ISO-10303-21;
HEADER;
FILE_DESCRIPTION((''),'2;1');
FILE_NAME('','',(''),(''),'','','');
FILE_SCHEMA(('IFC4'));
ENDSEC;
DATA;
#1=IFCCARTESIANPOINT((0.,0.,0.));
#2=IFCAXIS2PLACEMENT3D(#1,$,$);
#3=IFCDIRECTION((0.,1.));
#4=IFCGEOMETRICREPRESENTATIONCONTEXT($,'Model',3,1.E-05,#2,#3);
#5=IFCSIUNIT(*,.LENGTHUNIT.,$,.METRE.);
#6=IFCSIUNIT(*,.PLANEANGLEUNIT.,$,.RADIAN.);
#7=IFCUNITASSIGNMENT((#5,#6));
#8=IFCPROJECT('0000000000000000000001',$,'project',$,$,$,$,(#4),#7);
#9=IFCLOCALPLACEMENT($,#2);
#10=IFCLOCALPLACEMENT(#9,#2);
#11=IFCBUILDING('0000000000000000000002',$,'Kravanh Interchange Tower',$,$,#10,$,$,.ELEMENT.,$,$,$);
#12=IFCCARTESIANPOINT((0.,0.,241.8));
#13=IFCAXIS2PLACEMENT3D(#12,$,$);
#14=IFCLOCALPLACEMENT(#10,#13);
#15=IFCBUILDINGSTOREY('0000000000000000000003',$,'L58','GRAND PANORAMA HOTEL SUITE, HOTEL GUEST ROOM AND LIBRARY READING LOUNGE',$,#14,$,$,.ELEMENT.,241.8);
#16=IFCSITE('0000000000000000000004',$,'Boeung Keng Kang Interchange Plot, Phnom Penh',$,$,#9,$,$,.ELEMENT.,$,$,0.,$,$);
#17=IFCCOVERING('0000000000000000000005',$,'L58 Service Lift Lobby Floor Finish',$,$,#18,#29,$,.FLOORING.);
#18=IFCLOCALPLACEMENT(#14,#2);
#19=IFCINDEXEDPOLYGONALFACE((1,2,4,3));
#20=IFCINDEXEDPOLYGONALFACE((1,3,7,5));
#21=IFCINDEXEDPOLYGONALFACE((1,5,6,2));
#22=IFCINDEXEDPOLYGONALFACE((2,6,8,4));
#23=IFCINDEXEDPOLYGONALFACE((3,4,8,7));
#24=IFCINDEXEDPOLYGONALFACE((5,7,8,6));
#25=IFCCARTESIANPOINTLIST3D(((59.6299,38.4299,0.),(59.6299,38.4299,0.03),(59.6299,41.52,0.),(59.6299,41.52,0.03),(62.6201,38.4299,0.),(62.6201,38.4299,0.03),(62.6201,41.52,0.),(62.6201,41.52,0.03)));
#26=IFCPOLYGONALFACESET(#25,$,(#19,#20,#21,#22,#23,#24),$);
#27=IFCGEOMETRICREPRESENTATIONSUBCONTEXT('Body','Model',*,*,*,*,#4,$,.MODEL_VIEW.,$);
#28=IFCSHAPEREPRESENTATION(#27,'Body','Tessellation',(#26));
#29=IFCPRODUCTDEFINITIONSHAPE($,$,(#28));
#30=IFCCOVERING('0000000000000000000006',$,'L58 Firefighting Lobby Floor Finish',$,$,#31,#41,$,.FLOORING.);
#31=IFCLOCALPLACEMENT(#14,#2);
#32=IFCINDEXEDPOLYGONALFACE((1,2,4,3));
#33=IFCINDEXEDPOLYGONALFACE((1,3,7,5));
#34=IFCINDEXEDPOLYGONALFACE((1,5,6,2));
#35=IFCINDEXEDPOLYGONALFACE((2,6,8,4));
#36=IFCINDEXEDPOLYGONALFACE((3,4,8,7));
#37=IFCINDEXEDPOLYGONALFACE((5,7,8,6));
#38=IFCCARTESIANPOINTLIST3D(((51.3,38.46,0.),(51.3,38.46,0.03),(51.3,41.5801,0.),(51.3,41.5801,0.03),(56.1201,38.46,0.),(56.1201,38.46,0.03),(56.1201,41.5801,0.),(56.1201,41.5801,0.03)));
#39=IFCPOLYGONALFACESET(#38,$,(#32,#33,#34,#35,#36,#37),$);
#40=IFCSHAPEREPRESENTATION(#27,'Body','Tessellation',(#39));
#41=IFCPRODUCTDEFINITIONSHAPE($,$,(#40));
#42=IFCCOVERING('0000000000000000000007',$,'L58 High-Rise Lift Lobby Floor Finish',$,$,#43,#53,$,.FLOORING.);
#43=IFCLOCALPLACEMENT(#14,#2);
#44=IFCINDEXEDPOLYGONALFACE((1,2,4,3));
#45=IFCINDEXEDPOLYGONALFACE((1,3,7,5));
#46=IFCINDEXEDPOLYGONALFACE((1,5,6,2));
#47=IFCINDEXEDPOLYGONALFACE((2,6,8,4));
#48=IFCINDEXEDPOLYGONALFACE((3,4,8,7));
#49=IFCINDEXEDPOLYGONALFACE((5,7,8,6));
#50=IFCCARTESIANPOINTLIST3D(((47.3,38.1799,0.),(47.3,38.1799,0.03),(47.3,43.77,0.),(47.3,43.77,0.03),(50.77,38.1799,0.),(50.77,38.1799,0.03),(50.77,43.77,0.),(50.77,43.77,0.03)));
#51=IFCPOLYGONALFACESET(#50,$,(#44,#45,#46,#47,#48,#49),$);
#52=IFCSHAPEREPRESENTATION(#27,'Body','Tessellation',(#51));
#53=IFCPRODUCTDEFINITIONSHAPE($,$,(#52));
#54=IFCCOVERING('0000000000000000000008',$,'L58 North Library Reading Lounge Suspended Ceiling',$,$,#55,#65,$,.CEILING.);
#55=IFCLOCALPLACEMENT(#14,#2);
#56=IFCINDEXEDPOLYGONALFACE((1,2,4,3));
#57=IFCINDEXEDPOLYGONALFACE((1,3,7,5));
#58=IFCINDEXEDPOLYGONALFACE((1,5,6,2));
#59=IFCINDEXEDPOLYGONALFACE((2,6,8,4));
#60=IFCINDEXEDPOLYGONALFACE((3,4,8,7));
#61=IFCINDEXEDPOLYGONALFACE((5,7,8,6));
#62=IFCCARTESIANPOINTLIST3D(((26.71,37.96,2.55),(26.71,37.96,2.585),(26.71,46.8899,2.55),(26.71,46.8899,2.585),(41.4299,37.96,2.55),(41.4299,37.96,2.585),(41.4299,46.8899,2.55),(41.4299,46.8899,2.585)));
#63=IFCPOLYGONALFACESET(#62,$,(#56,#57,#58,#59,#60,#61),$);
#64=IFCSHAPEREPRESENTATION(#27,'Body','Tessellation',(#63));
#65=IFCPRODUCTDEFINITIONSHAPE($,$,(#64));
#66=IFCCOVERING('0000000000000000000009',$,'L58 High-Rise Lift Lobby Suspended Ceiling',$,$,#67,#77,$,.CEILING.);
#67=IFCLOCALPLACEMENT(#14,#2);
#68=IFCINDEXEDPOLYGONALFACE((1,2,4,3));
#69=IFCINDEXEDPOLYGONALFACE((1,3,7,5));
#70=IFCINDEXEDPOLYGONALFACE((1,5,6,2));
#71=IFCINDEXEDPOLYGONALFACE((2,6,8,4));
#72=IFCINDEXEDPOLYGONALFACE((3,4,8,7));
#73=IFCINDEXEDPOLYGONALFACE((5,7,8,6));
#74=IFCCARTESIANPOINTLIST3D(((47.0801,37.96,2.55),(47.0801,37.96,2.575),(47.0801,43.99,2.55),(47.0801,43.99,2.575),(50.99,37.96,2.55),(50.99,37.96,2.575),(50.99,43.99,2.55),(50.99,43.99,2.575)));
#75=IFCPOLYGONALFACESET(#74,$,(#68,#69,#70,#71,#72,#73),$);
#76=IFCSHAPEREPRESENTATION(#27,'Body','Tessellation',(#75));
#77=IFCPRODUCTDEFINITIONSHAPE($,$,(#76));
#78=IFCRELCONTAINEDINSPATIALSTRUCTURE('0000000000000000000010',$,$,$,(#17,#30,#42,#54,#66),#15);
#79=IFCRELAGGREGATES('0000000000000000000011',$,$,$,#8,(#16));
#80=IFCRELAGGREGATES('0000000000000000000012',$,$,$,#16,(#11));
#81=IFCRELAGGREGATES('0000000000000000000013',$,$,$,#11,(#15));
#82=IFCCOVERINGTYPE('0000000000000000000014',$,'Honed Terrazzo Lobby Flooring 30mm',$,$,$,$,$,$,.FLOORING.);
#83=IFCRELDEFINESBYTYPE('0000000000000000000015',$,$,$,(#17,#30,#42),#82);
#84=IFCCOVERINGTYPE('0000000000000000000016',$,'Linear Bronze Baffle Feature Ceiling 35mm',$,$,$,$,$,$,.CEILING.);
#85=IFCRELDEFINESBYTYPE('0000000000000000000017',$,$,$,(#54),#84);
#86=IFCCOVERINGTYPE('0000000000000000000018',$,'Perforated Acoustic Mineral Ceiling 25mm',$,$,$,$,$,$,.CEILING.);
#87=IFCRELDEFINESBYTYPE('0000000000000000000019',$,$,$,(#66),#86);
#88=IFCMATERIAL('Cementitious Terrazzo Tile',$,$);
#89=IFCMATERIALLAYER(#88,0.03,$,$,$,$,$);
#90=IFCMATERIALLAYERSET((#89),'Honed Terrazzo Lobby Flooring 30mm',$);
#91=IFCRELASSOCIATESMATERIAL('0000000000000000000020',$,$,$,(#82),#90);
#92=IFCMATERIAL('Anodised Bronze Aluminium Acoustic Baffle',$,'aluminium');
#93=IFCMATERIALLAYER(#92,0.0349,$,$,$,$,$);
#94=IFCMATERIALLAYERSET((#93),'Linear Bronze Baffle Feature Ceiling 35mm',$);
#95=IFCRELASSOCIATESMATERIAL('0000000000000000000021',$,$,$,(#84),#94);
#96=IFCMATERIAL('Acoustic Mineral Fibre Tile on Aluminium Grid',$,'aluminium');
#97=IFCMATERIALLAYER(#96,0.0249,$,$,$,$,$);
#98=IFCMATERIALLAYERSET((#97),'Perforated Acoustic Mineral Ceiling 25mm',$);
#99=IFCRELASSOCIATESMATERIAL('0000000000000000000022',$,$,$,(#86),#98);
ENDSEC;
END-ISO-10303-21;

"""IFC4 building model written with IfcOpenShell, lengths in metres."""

from ifc_helpers import new_model, si_unit, direction, frame, origin, place, context, subcontext, project, spatial, polyline, outline, extrude, material, layer, layer_set, type_object, element, save


model = new_model("IFC4")

# Units and contexts
model_context = context("Model", 3, precision=1e-05, world=origin(), true_north=direction((0.0, 1.0)))
body_context = subcontext(model_context, "Body", "Model", "MODEL_VIEW")
ifc_project = project(units=[si_unit("LENGTHUNIT", "METRE"), si_unit("PLANEANGLEUNIT", "RADIAN")], contexts=[model_context])

# Site, building, storey
site_placement = place(None, origin())
site = spatial("IfcSite", under=ifc_project, at=site_placement, Name="Boeung Keng Kang Interchange Plot, Phnom Penh", CompositionType="ELEMENT", RefElevation=0.0)
building_placement = place(site_placement, origin())
building = spatial("IfcBuilding", under=site, at=building_placement, Name="Kravanh Interchange Tower", CompositionType="ELEMENT")
storey_placement = place(building_placement, frame((0.0, 0.0, 241.8)))
storey = spatial("IfcBuildingStorey", under=building, at=storey_placement, Name="L58", Description="GRAND PANORAMA HOTEL SUITE, HOTEL GUEST ROOM AND LIBRARY READING LOUNGE", CompositionType="ELEMENT", Elevation=241.8)

# Coverings
ifc_material_1 = material(Name="Cementitious Terrazzo Tile")
ifc_layer_1 = layer(ifc_material_1, 0.03)
ifc_layer_set_1 = layer_set([ifc_layer_1], Name="Honed Terrazzo Lobby Flooring 30mm")
covering_type_1 = type_object("IfcCoveringType", Name="Honed Terrazzo Lobby Flooring 30mm", PredefinedType="FLOORING", material=ifc_layer_set_1)
covering_1_placement = place(storey_placement, origin())
element("IfcCovering", 1, at=covering_1_placement, inside=storey, type_object=covering_type_1, Name="L58 Service Lift Lobby Floor Finish", PredefinedType="FLOORING", context=body_context, shape_type="SweptSolid", body=[
    extrude(outline(polyline([(59.6299, 41.52), (62.6201, 41.52), (62.6201, 38.4299), (59.6299, 38.4299), (59.6299, 41.52)])), origin(), (0.0, 0.0, 1.0), 0.03),
])
covering_2_placement = place(storey_placement, origin())
element("IfcCovering", 2, at=covering_2_placement, inside=storey, type_object=covering_type_1, Name="L58 Firefighting Lobby Floor Finish", PredefinedType="FLOORING", context=body_context, shape_type="SweptSolid", body=[
    extrude(outline(polyline([(56.1201, 38.46), (51.3, 38.46), (51.3, 41.5801), (56.1201, 41.5801), (56.1201, 38.46)])), origin(), (0.0, 0.0, 1.0), 0.03),
])
covering_3_placement = place(storey_placement, origin())
element("IfcCovering", 3, at=covering_3_placement, inside=storey, type_object=covering_type_1, Name="L58 High-Rise Lift Lobby Floor Finish", PredefinedType="FLOORING", context=body_context, shape_type="SweptSolid", body=[
    extrude(outline(polyline([(47.3, 43.77), (50.77, 43.77), (50.77, 38.1799), (47.3, 38.1799), (47.3, 43.77)])), origin(), (0.0, 0.0, 1.0), 0.03),
])
ifc_material_2 = material(Name="Anodised Bronze Aluminium Acoustic Baffle", Category="aluminium")
ifc_layer_2 = layer(ifc_material_2, 0.0349)
ifc_layer_set_2 = layer_set([ifc_layer_2], Name="Linear Bronze Baffle Feature Ceiling 35mm")
covering_type_2 = type_object("IfcCoveringType", Name="Linear Bronze Baffle Feature Ceiling 35mm", PredefinedType="CEILING", material=ifc_layer_set_2)
covering_4_placement = place(storey_placement, frame((0.0, 0.0, 2.55)))
element("IfcCovering", 4, at=covering_4_placement, inside=storey, type_object=covering_type_2, Name="L58 North Library Reading Lounge Suspended Ceiling", PredefinedType="CEILING", context=body_context, shape_type="SweptSolid", body=[
    extrude(outline(polyline([(41.4299, 46.8899), (41.4299, 37.96), (26.71, 37.96), (26.71, 46.8899), (41.4299, 46.8899)])), origin(), (0.0, 0.0, 1.0), 0.0349),
])
ifc_material_3 = material(Name="Acoustic Mineral Fibre Tile on Aluminium Grid", Category="aluminium")
ifc_layer_3 = layer(ifc_material_3, 0.0249)
ifc_layer_set_3 = layer_set([ifc_layer_3], Name="Perforated Acoustic Mineral Ceiling 25mm")
covering_type_3 = type_object("IfcCoveringType", Name="Perforated Acoustic Mineral Ceiling 25mm", PredefinedType="CEILING", material=ifc_layer_set_3)
covering_5_placement = place(storey_placement, frame((0.0, 0.0, 2.55)))
element("IfcCovering", 5, at=covering_5_placement, inside=storey, type_object=covering_type_3, Name="L58 High-Rise Lift Lobby Suspended Ceiling", PredefinedType="CEILING", context=body_context, shape_type="SweptSolid", body=[
    extrude(outline(polyline([(50.99, 37.96), (47.0801, 37.96), (47.0801, 43.99), (50.99, 43.99), (50.99, 37.96)])), origin(), (0.0, 0.0, 1.0), 0.0249),
])

save(model, "model.ifc")
